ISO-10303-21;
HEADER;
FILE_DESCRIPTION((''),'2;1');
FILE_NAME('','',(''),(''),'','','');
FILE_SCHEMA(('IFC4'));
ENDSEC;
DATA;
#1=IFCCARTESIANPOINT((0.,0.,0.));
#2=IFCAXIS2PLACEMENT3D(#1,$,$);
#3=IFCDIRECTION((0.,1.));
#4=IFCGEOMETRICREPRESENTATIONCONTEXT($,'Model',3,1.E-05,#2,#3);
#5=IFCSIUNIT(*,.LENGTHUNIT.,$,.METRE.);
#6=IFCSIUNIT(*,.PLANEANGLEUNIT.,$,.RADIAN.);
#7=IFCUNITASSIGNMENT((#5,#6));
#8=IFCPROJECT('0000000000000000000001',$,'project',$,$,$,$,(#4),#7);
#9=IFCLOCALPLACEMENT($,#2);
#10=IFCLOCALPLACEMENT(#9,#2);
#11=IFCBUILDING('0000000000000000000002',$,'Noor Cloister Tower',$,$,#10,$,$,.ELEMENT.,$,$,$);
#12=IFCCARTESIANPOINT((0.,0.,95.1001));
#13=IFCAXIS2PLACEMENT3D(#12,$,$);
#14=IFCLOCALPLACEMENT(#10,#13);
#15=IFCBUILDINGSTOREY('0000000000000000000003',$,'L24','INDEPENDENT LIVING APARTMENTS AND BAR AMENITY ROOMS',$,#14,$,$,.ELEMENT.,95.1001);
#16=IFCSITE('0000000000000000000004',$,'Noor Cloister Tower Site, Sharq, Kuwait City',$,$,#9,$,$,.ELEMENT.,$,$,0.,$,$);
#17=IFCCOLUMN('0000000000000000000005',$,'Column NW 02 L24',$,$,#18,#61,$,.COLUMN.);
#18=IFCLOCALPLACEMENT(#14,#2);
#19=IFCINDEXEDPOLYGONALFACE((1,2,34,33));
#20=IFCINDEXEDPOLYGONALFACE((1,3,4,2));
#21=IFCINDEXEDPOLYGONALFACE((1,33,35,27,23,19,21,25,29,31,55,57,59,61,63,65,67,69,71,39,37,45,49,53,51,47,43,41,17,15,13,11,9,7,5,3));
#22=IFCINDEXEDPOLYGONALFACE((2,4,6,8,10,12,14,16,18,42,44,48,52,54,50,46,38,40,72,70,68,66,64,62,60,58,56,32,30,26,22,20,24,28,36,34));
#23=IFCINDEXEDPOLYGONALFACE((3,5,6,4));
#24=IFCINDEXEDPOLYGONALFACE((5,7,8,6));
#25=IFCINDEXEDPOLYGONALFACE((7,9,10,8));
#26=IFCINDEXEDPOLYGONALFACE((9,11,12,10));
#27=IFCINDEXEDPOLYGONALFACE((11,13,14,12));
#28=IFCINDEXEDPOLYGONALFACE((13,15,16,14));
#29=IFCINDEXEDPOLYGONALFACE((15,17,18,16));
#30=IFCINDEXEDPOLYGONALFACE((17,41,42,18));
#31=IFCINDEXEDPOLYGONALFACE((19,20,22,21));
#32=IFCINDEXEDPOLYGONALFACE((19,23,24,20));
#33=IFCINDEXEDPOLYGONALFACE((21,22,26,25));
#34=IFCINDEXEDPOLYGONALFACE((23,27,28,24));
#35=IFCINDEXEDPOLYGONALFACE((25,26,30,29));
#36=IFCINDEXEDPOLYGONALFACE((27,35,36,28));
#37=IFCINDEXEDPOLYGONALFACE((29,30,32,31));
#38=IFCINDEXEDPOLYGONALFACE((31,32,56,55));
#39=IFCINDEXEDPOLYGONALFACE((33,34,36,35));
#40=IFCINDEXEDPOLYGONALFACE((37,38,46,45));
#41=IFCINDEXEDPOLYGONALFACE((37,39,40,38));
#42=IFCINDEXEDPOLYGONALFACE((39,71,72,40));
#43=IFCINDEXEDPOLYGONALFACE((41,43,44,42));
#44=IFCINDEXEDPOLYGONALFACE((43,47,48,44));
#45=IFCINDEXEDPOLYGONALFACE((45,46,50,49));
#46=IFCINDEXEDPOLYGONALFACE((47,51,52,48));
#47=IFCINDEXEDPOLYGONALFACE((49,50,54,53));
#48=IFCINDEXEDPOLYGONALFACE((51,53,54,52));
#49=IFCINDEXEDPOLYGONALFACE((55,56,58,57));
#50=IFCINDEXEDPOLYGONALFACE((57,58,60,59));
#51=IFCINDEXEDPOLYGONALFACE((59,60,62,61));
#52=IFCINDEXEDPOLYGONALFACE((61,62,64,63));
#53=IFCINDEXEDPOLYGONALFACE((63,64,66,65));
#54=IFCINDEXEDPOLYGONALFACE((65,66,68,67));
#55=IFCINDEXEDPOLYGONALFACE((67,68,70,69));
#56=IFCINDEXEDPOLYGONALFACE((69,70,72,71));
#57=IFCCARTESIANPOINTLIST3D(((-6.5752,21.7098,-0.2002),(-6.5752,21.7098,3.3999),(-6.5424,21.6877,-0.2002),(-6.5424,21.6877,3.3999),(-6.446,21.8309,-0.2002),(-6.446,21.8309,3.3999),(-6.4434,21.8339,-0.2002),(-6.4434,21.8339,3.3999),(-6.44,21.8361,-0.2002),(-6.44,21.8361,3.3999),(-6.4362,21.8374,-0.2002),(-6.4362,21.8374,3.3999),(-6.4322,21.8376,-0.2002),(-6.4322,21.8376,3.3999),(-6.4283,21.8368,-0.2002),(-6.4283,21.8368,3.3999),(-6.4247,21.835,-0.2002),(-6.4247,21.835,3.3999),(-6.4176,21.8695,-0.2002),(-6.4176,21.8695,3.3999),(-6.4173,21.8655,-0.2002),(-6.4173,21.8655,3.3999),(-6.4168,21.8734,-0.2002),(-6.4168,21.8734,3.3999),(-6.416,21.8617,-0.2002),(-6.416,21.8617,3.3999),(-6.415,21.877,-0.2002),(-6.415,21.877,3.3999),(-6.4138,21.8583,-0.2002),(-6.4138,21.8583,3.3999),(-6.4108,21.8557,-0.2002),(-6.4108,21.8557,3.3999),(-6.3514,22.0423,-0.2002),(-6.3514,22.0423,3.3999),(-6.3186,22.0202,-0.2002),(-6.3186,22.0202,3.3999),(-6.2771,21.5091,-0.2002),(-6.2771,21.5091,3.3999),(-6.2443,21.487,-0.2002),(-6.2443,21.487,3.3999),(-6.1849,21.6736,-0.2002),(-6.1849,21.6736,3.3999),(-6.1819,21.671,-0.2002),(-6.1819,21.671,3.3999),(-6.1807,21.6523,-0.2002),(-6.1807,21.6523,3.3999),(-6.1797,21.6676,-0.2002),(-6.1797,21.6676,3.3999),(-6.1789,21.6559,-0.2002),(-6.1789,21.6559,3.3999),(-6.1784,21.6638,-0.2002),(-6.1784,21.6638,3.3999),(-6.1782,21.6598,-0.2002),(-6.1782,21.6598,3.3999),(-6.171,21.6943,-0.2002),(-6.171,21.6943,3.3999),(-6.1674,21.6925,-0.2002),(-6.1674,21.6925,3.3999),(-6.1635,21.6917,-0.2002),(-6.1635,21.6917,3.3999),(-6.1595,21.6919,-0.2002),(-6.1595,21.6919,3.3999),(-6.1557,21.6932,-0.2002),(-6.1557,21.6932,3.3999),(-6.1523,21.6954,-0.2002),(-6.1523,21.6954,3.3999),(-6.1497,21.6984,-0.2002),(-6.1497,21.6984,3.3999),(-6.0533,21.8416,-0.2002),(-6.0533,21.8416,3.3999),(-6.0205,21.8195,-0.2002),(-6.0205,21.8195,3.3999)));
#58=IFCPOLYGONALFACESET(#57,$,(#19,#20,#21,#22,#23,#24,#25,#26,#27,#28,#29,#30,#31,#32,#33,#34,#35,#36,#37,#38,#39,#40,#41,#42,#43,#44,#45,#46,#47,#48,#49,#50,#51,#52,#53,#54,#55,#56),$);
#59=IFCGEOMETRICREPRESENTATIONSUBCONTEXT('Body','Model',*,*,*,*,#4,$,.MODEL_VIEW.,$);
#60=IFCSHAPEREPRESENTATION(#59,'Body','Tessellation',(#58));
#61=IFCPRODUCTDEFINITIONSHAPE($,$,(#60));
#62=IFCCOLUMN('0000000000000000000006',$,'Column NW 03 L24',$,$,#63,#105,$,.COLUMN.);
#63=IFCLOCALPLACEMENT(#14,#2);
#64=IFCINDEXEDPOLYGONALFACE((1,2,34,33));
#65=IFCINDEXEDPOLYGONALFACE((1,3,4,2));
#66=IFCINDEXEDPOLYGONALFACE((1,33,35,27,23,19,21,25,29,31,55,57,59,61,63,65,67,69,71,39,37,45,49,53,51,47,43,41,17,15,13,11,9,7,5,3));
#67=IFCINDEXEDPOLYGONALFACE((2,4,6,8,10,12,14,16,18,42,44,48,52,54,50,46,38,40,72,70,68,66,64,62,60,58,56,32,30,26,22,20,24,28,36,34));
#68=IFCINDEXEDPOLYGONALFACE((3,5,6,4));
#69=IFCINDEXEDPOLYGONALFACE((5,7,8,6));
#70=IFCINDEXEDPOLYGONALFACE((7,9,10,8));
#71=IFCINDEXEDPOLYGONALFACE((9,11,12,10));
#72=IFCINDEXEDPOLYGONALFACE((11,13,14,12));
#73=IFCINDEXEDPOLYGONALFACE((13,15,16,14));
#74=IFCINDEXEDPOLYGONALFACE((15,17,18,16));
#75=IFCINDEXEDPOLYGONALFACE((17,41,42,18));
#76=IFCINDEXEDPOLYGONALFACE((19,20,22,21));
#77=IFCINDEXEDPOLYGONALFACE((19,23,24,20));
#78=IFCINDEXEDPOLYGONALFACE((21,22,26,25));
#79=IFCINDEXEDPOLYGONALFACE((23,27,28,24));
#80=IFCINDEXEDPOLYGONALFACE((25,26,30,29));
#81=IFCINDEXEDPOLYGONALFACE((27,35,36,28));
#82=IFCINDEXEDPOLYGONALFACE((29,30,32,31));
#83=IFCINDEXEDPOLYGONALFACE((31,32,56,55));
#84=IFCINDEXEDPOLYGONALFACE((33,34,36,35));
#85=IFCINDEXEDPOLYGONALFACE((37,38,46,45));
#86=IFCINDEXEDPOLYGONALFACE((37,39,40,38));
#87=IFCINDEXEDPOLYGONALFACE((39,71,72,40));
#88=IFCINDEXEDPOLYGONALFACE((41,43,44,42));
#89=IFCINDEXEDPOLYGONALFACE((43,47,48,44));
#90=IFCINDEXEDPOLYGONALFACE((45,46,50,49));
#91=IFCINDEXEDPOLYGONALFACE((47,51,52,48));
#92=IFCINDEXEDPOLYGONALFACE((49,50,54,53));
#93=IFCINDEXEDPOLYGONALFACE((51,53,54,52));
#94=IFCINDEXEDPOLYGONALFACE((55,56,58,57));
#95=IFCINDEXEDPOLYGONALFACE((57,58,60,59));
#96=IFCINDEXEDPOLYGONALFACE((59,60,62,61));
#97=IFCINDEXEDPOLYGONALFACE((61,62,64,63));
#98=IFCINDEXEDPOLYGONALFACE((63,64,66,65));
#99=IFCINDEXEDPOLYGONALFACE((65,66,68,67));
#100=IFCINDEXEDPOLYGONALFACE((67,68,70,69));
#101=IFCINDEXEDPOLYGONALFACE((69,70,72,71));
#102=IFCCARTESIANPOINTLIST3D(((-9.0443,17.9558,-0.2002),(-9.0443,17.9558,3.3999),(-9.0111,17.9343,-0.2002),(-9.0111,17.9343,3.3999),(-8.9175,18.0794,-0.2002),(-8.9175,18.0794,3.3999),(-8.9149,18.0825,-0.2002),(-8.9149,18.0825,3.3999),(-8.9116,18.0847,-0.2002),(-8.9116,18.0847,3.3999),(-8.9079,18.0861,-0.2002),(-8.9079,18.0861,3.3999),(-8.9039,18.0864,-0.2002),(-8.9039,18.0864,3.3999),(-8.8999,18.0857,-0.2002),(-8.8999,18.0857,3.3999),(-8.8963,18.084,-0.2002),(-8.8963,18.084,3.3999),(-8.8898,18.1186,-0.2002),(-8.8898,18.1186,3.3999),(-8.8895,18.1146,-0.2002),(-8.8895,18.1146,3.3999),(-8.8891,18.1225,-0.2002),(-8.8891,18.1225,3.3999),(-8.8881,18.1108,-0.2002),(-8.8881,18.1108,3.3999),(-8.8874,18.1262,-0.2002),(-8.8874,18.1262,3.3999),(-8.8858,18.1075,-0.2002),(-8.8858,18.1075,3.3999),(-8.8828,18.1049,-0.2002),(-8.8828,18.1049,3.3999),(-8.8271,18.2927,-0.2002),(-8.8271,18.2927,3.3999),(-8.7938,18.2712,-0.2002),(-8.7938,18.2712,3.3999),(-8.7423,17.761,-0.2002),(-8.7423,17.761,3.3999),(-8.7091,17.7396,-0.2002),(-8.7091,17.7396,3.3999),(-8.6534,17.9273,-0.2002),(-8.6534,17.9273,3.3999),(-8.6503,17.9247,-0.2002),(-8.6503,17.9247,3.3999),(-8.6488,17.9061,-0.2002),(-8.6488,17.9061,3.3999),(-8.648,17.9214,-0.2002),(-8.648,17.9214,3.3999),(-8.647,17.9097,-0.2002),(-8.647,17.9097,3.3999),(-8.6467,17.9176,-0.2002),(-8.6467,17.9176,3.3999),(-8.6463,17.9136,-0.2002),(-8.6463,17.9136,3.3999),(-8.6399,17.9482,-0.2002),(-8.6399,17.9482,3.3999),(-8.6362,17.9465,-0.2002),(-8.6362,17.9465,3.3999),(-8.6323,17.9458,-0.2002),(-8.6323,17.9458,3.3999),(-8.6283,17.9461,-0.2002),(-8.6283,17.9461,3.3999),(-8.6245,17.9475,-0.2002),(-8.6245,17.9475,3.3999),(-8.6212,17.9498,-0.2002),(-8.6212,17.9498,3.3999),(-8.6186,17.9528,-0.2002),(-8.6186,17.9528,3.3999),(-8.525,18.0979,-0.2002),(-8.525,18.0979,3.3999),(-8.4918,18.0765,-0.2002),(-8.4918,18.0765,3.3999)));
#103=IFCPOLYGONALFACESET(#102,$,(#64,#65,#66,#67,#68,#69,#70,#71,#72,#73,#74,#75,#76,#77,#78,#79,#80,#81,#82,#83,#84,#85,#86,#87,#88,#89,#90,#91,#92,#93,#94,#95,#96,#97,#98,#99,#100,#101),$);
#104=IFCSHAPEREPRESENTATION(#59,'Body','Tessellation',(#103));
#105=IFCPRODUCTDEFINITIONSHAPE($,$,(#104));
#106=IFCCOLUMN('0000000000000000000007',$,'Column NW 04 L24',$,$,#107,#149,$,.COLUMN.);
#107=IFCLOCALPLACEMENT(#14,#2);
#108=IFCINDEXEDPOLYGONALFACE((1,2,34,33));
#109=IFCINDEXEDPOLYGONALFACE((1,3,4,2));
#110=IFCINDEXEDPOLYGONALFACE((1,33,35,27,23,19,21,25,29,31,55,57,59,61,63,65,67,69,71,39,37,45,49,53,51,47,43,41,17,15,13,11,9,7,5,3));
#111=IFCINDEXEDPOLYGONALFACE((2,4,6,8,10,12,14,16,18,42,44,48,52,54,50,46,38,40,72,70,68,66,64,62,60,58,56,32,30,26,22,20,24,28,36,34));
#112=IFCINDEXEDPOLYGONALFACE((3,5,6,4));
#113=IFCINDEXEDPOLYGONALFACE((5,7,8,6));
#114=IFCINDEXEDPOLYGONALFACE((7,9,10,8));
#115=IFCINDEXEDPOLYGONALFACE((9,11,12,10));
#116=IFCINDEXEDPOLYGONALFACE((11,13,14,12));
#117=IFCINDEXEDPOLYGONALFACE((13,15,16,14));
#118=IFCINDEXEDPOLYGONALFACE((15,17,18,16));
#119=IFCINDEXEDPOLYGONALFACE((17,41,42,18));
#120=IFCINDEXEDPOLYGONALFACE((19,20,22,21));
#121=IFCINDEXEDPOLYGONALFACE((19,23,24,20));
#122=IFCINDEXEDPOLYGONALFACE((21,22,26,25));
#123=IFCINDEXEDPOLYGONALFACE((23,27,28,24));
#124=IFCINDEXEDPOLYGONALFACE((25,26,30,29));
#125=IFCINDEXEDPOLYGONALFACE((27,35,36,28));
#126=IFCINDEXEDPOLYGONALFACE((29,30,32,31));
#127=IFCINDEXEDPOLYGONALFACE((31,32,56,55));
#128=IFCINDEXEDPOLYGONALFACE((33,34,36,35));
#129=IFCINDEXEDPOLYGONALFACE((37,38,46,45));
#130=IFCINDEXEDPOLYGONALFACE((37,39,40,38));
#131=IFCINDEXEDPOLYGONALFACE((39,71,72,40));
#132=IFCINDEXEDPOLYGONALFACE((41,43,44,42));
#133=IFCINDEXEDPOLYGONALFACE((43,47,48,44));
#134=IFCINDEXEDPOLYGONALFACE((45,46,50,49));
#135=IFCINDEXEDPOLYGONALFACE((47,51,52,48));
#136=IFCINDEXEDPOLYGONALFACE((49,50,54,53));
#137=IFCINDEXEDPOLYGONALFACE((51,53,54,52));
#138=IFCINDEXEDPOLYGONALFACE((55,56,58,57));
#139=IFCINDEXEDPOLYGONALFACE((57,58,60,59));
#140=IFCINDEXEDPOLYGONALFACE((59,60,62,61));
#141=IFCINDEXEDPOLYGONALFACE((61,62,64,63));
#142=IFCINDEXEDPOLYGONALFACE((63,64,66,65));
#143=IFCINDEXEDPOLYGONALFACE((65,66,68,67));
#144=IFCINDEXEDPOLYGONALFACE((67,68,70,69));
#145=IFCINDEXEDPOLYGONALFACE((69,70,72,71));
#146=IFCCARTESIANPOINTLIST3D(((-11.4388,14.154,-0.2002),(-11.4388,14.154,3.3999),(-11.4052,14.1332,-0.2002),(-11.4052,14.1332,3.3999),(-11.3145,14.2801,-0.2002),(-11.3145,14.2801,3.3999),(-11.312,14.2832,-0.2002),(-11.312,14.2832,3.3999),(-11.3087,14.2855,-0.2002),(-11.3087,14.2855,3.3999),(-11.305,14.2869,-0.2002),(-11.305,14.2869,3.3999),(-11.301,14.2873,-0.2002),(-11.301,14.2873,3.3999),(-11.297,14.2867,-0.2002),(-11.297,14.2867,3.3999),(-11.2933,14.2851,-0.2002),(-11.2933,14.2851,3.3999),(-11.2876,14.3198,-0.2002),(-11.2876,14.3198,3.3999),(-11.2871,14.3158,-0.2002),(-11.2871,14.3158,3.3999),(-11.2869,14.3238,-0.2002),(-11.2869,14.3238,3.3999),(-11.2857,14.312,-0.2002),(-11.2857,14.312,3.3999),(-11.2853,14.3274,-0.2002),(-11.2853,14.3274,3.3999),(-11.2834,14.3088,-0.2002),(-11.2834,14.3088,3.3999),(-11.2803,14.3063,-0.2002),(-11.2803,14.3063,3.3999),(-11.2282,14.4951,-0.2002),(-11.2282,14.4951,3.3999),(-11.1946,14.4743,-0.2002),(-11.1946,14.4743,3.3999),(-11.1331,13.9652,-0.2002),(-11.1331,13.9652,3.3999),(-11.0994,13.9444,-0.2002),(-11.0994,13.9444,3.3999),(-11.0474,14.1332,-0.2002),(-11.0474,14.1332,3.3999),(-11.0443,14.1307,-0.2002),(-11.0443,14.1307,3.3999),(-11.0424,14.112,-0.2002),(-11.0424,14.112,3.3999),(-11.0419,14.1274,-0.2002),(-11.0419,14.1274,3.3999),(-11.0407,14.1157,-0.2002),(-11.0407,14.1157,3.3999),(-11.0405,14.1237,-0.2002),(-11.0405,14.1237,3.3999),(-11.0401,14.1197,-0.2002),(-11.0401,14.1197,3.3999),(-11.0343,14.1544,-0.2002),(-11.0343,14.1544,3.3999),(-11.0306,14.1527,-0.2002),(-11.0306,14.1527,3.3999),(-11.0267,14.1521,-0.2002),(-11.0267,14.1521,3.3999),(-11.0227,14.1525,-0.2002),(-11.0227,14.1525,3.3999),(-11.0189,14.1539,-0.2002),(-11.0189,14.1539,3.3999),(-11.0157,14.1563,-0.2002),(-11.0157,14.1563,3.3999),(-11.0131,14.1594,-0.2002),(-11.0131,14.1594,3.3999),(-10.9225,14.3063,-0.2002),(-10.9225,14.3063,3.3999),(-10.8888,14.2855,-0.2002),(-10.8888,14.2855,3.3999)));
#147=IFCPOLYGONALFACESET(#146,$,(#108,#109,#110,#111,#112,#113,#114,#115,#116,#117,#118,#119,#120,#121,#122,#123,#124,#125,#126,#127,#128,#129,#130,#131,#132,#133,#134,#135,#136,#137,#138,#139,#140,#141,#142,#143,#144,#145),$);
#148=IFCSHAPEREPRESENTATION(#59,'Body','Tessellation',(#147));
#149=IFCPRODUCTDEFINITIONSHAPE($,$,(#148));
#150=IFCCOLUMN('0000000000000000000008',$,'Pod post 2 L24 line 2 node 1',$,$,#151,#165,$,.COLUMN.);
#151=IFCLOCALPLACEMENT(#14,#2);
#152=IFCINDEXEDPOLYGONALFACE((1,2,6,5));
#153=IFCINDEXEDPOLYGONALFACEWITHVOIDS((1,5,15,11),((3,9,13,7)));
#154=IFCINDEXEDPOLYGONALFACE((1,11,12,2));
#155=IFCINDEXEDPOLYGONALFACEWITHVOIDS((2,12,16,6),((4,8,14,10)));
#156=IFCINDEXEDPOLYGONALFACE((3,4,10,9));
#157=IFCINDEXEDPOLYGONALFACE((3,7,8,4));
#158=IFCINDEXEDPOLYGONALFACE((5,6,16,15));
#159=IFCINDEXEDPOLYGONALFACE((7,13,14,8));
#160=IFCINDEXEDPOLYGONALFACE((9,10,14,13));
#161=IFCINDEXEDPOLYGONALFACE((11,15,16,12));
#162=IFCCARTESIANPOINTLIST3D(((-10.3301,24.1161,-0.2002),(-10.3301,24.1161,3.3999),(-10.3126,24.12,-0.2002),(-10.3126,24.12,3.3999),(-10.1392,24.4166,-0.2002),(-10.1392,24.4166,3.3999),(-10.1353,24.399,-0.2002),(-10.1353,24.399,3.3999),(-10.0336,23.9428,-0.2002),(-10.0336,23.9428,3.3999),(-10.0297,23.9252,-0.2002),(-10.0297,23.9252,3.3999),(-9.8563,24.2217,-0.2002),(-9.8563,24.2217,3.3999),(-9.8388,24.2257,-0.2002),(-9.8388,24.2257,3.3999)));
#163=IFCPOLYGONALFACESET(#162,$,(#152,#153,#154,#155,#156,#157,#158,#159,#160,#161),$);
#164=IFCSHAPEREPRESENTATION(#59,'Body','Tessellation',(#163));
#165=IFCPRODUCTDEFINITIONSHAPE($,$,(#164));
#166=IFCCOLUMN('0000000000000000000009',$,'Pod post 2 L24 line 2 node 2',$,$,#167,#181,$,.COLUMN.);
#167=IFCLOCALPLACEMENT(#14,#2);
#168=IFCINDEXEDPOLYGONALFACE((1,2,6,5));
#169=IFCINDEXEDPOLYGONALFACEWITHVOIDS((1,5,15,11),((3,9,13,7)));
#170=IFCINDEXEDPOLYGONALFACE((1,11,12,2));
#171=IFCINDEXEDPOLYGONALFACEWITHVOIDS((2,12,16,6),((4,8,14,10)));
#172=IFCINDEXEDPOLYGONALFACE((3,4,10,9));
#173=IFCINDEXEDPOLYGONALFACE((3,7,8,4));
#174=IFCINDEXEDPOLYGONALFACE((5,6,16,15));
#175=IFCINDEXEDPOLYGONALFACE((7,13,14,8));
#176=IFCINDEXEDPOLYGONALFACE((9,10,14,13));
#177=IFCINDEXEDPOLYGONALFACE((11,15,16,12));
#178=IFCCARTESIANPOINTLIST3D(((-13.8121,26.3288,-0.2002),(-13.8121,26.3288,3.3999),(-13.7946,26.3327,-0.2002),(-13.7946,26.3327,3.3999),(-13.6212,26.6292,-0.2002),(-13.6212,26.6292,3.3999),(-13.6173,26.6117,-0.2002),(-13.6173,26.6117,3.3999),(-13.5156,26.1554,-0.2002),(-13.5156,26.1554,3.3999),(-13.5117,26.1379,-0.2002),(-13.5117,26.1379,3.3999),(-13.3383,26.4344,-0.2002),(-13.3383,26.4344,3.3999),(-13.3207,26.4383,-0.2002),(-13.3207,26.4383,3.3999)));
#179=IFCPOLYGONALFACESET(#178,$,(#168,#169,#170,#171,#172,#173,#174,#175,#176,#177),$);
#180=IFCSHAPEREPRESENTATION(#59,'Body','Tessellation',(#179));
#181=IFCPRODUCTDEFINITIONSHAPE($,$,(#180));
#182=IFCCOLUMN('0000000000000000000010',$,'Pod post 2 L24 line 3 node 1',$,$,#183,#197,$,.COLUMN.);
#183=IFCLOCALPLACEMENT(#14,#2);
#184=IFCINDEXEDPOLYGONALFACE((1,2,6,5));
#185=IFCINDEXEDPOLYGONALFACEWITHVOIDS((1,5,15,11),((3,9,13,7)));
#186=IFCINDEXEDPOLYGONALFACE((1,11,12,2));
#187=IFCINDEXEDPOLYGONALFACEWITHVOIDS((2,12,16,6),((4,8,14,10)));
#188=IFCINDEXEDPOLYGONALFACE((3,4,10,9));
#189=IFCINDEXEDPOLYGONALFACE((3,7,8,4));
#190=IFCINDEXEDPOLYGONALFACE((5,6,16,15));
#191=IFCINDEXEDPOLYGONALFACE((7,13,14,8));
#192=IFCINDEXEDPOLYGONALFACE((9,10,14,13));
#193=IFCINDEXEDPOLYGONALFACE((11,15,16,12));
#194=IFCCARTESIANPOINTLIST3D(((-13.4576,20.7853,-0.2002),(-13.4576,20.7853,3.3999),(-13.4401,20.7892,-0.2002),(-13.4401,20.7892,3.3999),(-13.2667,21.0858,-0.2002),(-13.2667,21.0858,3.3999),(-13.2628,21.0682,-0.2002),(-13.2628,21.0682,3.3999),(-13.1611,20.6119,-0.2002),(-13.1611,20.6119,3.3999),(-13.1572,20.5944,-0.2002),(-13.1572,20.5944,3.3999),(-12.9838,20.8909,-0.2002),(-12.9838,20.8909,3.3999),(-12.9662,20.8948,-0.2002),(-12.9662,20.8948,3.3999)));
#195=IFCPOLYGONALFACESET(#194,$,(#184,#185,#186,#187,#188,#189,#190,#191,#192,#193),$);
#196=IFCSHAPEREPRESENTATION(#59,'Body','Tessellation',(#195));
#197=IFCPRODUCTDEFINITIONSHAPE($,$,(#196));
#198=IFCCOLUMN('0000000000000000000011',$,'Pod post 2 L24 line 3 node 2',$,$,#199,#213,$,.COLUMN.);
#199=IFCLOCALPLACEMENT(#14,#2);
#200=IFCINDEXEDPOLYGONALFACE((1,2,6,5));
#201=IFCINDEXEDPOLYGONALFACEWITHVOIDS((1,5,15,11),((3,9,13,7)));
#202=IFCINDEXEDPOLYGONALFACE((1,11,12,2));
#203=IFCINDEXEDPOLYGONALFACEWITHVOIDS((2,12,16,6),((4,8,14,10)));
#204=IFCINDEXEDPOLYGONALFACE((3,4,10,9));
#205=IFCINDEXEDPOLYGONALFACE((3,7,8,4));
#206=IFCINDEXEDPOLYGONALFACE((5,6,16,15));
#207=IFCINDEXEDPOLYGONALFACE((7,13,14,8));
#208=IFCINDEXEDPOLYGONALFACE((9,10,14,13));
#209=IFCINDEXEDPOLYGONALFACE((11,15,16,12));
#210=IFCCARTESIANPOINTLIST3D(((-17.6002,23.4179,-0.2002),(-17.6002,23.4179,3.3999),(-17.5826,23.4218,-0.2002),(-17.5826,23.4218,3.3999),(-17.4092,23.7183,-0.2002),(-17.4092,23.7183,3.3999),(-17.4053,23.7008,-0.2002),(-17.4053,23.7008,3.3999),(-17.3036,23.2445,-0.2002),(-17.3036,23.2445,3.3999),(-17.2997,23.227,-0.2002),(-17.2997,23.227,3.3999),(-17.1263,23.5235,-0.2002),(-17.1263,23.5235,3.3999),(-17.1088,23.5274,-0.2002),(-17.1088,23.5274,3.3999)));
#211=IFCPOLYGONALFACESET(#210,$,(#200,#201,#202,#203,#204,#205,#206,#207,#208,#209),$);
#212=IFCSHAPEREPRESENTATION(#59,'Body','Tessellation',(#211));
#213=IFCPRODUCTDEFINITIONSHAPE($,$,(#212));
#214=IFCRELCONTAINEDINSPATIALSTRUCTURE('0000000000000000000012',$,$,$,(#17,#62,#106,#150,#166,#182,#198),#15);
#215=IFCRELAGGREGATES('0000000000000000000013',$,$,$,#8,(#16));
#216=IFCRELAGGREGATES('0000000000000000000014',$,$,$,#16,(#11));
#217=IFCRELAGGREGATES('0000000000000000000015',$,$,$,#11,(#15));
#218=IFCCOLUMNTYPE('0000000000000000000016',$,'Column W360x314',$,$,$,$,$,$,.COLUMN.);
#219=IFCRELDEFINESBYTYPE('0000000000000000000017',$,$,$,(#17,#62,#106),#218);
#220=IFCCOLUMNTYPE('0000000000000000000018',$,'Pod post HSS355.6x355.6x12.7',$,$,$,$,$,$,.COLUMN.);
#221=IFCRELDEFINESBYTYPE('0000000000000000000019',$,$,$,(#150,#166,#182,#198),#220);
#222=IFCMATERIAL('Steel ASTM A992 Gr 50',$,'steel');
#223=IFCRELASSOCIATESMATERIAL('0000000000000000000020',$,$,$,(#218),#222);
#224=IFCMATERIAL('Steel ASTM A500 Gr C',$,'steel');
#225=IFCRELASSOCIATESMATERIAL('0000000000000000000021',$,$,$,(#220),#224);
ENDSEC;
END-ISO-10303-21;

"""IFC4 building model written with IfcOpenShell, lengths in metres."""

from ifc_helpers import new_model, si_unit, direction, frame, origin, origin_2d, place, context, subcontext, project, spatial, hollow_rectangle, i_section, extrude, material, material_profile, profile_set, type_object, element, save


model = new_model("IFC4")

# Units and contexts
model_context = context("Model", 3, precision=1e-05, world=origin(), true_north=direction((0.0, 1.0)))
body_context = subcontext(model_context, "Body", "Model", "MODEL_VIEW")
ifc_project = project(units=[si_unit("LENGTHUNIT", "METRE"), si_unit("PLANEANGLEUNIT", "RADIAN")], contexts=[model_context])

# Site, building, storey
site_placement = place(None, origin())
site = spatial("IfcSite", under=ifc_project, at=site_placement, Name="Noor Cloister Tower Site, Sharq, Kuwait City", CompositionType="ELEMENT", RefElevation=0.0)
building_placement = place(site_placement, origin())
building = spatial("IfcBuilding", under=site, at=building_placement, Name="Noor Cloister Tower", CompositionType="ELEMENT")
storey_placement = place(building_placement, frame((0.0, 0.0, 95.1001)))
storey = spatial("IfcBuildingStorey", under=building, at=storey_placement, Name="L24", Description="INDEPENDENT LIVING APARTMENTS AND BAR AMENITY ROOMS", CompositionType="ELEMENT", Elevation=95.1001)

# Columns
ifc_material_1 = material(Name="Steel ASTM A992 Gr 50", Category="steel")
ifc_material_profile_1 = material_profile(ifc_material_1, i_section(OverallWidth=0.4009, OverallDepth=0.3989, WebThickness=0.0249, FlangeThickness=0.0396, FilletRadius=0.0154, at=origin_2d()), Name="W360x314")
ifc_profile_set_1 = profile_set([ifc_material_profile_1], Name="Steel ASTM A992 Gr 50")
column_type_1 = type_object("IfcColumnType", Name="Column W360x314", PredefinedType="COLUMN", material=ifc_profile_set_1)
for number, where, z_axis, x_axis, name in (
    (1, (-6.2979, 21.7646, -0.2002), (0.0, 0.0, 1.0), (-0.558429, -0.829553, 0.0), "Column NW 02 L24"),
    (2, (-8.7681, 18.0161, -0.2002), (0.0, 0.0, 1.0), (-0.541993, -0.840383, 0.0), "Column NW 03 L24"),
    (3, (-11.1638, 14.2197, -0.2002), (0.0, 0.0, 1.0), (-0.525348, -0.850888, 0.0), "Column NW 04 L24"),
):
    element("IfcColumn", number, at=place(storey_placement, frame(where, z_axis=z_axis, x_axis=x_axis)), inside=storey, type_object=column_type_1, Name=name, PredefinedType="COLUMN", context=body_context, shape_type="SweptSolid", body=[
        extrude(i_section(OverallWidth=0.4009, OverallDepth=0.3989, WebThickness=0.0249, FlangeThickness=0.0396, FilletRadius=0.0154, at=origin_2d()), origin(), (0.0, 0.0, 1.0), 3.6001),
    ])
ifc_material_2 = material(Name="Steel ASTM A500 Gr C", Category="steel")
ifc_material_profile_2 = material_profile(ifc_material_2, hollow_rectangle(XDim=0.356, YDim=0.356, WallThickness=0.0127, at=origin_2d()), Name="HSS355.6x355.6x12.7")
ifc_profile_set_2 = profile_set([ifc_material_profile_2], Name="Steel ASTM A500 Gr C")
column_type_2 = type_object("IfcColumnType", Name="Pod post HSS355.6x355.6x12.7", PredefinedType="COLUMN", material=ifc_profile_set_2)
for number, where, z_axis, x_axis, name in (
    (4, (-10.0845, 24.1709, -0.2002), (0.0, 0.0, 1.0), (-0.843996, 0.53635, 0.0), "Pod post 2 L24 line 2 node 1"),
    (5, (-13.5664, 26.3835, -0.2002), (0.0, 0.0, 1.0), (-0.843996, 0.53635, 0.0), "Pod post 2 L24 line 2 node 2"),
    (6, (-13.2119, 20.8401, -0.2002), (0.0, 0.0, 1.0), (-0.843996, 0.53635, 0.0), "Pod post 2 L24 line 3 node 1"),
    (7, (-17.3545, 23.4727, -0.2002), (0.0, 0.0, 1.0), (-0.843996, 0.53635, 0.0), "Pod post 2 L24 line 3 node 2"),
):
    element("IfcColumn", number, at=place(storey_placement, frame(where, z_axis=z_axis, x_axis=x_axis)), inside=storey, type_object=column_type_2, Name=name, PredefinedType="COLUMN", context=body_context, shape_type="SweptSolid", body=[
        extrude(hollow_rectangle(XDim=0.356, YDim=0.356, WallThickness=0.0127, at=origin_2d()), origin(), (0.0, 0.0, 1.0), 3.6001),
    ])

save(model, "model.ifc")
